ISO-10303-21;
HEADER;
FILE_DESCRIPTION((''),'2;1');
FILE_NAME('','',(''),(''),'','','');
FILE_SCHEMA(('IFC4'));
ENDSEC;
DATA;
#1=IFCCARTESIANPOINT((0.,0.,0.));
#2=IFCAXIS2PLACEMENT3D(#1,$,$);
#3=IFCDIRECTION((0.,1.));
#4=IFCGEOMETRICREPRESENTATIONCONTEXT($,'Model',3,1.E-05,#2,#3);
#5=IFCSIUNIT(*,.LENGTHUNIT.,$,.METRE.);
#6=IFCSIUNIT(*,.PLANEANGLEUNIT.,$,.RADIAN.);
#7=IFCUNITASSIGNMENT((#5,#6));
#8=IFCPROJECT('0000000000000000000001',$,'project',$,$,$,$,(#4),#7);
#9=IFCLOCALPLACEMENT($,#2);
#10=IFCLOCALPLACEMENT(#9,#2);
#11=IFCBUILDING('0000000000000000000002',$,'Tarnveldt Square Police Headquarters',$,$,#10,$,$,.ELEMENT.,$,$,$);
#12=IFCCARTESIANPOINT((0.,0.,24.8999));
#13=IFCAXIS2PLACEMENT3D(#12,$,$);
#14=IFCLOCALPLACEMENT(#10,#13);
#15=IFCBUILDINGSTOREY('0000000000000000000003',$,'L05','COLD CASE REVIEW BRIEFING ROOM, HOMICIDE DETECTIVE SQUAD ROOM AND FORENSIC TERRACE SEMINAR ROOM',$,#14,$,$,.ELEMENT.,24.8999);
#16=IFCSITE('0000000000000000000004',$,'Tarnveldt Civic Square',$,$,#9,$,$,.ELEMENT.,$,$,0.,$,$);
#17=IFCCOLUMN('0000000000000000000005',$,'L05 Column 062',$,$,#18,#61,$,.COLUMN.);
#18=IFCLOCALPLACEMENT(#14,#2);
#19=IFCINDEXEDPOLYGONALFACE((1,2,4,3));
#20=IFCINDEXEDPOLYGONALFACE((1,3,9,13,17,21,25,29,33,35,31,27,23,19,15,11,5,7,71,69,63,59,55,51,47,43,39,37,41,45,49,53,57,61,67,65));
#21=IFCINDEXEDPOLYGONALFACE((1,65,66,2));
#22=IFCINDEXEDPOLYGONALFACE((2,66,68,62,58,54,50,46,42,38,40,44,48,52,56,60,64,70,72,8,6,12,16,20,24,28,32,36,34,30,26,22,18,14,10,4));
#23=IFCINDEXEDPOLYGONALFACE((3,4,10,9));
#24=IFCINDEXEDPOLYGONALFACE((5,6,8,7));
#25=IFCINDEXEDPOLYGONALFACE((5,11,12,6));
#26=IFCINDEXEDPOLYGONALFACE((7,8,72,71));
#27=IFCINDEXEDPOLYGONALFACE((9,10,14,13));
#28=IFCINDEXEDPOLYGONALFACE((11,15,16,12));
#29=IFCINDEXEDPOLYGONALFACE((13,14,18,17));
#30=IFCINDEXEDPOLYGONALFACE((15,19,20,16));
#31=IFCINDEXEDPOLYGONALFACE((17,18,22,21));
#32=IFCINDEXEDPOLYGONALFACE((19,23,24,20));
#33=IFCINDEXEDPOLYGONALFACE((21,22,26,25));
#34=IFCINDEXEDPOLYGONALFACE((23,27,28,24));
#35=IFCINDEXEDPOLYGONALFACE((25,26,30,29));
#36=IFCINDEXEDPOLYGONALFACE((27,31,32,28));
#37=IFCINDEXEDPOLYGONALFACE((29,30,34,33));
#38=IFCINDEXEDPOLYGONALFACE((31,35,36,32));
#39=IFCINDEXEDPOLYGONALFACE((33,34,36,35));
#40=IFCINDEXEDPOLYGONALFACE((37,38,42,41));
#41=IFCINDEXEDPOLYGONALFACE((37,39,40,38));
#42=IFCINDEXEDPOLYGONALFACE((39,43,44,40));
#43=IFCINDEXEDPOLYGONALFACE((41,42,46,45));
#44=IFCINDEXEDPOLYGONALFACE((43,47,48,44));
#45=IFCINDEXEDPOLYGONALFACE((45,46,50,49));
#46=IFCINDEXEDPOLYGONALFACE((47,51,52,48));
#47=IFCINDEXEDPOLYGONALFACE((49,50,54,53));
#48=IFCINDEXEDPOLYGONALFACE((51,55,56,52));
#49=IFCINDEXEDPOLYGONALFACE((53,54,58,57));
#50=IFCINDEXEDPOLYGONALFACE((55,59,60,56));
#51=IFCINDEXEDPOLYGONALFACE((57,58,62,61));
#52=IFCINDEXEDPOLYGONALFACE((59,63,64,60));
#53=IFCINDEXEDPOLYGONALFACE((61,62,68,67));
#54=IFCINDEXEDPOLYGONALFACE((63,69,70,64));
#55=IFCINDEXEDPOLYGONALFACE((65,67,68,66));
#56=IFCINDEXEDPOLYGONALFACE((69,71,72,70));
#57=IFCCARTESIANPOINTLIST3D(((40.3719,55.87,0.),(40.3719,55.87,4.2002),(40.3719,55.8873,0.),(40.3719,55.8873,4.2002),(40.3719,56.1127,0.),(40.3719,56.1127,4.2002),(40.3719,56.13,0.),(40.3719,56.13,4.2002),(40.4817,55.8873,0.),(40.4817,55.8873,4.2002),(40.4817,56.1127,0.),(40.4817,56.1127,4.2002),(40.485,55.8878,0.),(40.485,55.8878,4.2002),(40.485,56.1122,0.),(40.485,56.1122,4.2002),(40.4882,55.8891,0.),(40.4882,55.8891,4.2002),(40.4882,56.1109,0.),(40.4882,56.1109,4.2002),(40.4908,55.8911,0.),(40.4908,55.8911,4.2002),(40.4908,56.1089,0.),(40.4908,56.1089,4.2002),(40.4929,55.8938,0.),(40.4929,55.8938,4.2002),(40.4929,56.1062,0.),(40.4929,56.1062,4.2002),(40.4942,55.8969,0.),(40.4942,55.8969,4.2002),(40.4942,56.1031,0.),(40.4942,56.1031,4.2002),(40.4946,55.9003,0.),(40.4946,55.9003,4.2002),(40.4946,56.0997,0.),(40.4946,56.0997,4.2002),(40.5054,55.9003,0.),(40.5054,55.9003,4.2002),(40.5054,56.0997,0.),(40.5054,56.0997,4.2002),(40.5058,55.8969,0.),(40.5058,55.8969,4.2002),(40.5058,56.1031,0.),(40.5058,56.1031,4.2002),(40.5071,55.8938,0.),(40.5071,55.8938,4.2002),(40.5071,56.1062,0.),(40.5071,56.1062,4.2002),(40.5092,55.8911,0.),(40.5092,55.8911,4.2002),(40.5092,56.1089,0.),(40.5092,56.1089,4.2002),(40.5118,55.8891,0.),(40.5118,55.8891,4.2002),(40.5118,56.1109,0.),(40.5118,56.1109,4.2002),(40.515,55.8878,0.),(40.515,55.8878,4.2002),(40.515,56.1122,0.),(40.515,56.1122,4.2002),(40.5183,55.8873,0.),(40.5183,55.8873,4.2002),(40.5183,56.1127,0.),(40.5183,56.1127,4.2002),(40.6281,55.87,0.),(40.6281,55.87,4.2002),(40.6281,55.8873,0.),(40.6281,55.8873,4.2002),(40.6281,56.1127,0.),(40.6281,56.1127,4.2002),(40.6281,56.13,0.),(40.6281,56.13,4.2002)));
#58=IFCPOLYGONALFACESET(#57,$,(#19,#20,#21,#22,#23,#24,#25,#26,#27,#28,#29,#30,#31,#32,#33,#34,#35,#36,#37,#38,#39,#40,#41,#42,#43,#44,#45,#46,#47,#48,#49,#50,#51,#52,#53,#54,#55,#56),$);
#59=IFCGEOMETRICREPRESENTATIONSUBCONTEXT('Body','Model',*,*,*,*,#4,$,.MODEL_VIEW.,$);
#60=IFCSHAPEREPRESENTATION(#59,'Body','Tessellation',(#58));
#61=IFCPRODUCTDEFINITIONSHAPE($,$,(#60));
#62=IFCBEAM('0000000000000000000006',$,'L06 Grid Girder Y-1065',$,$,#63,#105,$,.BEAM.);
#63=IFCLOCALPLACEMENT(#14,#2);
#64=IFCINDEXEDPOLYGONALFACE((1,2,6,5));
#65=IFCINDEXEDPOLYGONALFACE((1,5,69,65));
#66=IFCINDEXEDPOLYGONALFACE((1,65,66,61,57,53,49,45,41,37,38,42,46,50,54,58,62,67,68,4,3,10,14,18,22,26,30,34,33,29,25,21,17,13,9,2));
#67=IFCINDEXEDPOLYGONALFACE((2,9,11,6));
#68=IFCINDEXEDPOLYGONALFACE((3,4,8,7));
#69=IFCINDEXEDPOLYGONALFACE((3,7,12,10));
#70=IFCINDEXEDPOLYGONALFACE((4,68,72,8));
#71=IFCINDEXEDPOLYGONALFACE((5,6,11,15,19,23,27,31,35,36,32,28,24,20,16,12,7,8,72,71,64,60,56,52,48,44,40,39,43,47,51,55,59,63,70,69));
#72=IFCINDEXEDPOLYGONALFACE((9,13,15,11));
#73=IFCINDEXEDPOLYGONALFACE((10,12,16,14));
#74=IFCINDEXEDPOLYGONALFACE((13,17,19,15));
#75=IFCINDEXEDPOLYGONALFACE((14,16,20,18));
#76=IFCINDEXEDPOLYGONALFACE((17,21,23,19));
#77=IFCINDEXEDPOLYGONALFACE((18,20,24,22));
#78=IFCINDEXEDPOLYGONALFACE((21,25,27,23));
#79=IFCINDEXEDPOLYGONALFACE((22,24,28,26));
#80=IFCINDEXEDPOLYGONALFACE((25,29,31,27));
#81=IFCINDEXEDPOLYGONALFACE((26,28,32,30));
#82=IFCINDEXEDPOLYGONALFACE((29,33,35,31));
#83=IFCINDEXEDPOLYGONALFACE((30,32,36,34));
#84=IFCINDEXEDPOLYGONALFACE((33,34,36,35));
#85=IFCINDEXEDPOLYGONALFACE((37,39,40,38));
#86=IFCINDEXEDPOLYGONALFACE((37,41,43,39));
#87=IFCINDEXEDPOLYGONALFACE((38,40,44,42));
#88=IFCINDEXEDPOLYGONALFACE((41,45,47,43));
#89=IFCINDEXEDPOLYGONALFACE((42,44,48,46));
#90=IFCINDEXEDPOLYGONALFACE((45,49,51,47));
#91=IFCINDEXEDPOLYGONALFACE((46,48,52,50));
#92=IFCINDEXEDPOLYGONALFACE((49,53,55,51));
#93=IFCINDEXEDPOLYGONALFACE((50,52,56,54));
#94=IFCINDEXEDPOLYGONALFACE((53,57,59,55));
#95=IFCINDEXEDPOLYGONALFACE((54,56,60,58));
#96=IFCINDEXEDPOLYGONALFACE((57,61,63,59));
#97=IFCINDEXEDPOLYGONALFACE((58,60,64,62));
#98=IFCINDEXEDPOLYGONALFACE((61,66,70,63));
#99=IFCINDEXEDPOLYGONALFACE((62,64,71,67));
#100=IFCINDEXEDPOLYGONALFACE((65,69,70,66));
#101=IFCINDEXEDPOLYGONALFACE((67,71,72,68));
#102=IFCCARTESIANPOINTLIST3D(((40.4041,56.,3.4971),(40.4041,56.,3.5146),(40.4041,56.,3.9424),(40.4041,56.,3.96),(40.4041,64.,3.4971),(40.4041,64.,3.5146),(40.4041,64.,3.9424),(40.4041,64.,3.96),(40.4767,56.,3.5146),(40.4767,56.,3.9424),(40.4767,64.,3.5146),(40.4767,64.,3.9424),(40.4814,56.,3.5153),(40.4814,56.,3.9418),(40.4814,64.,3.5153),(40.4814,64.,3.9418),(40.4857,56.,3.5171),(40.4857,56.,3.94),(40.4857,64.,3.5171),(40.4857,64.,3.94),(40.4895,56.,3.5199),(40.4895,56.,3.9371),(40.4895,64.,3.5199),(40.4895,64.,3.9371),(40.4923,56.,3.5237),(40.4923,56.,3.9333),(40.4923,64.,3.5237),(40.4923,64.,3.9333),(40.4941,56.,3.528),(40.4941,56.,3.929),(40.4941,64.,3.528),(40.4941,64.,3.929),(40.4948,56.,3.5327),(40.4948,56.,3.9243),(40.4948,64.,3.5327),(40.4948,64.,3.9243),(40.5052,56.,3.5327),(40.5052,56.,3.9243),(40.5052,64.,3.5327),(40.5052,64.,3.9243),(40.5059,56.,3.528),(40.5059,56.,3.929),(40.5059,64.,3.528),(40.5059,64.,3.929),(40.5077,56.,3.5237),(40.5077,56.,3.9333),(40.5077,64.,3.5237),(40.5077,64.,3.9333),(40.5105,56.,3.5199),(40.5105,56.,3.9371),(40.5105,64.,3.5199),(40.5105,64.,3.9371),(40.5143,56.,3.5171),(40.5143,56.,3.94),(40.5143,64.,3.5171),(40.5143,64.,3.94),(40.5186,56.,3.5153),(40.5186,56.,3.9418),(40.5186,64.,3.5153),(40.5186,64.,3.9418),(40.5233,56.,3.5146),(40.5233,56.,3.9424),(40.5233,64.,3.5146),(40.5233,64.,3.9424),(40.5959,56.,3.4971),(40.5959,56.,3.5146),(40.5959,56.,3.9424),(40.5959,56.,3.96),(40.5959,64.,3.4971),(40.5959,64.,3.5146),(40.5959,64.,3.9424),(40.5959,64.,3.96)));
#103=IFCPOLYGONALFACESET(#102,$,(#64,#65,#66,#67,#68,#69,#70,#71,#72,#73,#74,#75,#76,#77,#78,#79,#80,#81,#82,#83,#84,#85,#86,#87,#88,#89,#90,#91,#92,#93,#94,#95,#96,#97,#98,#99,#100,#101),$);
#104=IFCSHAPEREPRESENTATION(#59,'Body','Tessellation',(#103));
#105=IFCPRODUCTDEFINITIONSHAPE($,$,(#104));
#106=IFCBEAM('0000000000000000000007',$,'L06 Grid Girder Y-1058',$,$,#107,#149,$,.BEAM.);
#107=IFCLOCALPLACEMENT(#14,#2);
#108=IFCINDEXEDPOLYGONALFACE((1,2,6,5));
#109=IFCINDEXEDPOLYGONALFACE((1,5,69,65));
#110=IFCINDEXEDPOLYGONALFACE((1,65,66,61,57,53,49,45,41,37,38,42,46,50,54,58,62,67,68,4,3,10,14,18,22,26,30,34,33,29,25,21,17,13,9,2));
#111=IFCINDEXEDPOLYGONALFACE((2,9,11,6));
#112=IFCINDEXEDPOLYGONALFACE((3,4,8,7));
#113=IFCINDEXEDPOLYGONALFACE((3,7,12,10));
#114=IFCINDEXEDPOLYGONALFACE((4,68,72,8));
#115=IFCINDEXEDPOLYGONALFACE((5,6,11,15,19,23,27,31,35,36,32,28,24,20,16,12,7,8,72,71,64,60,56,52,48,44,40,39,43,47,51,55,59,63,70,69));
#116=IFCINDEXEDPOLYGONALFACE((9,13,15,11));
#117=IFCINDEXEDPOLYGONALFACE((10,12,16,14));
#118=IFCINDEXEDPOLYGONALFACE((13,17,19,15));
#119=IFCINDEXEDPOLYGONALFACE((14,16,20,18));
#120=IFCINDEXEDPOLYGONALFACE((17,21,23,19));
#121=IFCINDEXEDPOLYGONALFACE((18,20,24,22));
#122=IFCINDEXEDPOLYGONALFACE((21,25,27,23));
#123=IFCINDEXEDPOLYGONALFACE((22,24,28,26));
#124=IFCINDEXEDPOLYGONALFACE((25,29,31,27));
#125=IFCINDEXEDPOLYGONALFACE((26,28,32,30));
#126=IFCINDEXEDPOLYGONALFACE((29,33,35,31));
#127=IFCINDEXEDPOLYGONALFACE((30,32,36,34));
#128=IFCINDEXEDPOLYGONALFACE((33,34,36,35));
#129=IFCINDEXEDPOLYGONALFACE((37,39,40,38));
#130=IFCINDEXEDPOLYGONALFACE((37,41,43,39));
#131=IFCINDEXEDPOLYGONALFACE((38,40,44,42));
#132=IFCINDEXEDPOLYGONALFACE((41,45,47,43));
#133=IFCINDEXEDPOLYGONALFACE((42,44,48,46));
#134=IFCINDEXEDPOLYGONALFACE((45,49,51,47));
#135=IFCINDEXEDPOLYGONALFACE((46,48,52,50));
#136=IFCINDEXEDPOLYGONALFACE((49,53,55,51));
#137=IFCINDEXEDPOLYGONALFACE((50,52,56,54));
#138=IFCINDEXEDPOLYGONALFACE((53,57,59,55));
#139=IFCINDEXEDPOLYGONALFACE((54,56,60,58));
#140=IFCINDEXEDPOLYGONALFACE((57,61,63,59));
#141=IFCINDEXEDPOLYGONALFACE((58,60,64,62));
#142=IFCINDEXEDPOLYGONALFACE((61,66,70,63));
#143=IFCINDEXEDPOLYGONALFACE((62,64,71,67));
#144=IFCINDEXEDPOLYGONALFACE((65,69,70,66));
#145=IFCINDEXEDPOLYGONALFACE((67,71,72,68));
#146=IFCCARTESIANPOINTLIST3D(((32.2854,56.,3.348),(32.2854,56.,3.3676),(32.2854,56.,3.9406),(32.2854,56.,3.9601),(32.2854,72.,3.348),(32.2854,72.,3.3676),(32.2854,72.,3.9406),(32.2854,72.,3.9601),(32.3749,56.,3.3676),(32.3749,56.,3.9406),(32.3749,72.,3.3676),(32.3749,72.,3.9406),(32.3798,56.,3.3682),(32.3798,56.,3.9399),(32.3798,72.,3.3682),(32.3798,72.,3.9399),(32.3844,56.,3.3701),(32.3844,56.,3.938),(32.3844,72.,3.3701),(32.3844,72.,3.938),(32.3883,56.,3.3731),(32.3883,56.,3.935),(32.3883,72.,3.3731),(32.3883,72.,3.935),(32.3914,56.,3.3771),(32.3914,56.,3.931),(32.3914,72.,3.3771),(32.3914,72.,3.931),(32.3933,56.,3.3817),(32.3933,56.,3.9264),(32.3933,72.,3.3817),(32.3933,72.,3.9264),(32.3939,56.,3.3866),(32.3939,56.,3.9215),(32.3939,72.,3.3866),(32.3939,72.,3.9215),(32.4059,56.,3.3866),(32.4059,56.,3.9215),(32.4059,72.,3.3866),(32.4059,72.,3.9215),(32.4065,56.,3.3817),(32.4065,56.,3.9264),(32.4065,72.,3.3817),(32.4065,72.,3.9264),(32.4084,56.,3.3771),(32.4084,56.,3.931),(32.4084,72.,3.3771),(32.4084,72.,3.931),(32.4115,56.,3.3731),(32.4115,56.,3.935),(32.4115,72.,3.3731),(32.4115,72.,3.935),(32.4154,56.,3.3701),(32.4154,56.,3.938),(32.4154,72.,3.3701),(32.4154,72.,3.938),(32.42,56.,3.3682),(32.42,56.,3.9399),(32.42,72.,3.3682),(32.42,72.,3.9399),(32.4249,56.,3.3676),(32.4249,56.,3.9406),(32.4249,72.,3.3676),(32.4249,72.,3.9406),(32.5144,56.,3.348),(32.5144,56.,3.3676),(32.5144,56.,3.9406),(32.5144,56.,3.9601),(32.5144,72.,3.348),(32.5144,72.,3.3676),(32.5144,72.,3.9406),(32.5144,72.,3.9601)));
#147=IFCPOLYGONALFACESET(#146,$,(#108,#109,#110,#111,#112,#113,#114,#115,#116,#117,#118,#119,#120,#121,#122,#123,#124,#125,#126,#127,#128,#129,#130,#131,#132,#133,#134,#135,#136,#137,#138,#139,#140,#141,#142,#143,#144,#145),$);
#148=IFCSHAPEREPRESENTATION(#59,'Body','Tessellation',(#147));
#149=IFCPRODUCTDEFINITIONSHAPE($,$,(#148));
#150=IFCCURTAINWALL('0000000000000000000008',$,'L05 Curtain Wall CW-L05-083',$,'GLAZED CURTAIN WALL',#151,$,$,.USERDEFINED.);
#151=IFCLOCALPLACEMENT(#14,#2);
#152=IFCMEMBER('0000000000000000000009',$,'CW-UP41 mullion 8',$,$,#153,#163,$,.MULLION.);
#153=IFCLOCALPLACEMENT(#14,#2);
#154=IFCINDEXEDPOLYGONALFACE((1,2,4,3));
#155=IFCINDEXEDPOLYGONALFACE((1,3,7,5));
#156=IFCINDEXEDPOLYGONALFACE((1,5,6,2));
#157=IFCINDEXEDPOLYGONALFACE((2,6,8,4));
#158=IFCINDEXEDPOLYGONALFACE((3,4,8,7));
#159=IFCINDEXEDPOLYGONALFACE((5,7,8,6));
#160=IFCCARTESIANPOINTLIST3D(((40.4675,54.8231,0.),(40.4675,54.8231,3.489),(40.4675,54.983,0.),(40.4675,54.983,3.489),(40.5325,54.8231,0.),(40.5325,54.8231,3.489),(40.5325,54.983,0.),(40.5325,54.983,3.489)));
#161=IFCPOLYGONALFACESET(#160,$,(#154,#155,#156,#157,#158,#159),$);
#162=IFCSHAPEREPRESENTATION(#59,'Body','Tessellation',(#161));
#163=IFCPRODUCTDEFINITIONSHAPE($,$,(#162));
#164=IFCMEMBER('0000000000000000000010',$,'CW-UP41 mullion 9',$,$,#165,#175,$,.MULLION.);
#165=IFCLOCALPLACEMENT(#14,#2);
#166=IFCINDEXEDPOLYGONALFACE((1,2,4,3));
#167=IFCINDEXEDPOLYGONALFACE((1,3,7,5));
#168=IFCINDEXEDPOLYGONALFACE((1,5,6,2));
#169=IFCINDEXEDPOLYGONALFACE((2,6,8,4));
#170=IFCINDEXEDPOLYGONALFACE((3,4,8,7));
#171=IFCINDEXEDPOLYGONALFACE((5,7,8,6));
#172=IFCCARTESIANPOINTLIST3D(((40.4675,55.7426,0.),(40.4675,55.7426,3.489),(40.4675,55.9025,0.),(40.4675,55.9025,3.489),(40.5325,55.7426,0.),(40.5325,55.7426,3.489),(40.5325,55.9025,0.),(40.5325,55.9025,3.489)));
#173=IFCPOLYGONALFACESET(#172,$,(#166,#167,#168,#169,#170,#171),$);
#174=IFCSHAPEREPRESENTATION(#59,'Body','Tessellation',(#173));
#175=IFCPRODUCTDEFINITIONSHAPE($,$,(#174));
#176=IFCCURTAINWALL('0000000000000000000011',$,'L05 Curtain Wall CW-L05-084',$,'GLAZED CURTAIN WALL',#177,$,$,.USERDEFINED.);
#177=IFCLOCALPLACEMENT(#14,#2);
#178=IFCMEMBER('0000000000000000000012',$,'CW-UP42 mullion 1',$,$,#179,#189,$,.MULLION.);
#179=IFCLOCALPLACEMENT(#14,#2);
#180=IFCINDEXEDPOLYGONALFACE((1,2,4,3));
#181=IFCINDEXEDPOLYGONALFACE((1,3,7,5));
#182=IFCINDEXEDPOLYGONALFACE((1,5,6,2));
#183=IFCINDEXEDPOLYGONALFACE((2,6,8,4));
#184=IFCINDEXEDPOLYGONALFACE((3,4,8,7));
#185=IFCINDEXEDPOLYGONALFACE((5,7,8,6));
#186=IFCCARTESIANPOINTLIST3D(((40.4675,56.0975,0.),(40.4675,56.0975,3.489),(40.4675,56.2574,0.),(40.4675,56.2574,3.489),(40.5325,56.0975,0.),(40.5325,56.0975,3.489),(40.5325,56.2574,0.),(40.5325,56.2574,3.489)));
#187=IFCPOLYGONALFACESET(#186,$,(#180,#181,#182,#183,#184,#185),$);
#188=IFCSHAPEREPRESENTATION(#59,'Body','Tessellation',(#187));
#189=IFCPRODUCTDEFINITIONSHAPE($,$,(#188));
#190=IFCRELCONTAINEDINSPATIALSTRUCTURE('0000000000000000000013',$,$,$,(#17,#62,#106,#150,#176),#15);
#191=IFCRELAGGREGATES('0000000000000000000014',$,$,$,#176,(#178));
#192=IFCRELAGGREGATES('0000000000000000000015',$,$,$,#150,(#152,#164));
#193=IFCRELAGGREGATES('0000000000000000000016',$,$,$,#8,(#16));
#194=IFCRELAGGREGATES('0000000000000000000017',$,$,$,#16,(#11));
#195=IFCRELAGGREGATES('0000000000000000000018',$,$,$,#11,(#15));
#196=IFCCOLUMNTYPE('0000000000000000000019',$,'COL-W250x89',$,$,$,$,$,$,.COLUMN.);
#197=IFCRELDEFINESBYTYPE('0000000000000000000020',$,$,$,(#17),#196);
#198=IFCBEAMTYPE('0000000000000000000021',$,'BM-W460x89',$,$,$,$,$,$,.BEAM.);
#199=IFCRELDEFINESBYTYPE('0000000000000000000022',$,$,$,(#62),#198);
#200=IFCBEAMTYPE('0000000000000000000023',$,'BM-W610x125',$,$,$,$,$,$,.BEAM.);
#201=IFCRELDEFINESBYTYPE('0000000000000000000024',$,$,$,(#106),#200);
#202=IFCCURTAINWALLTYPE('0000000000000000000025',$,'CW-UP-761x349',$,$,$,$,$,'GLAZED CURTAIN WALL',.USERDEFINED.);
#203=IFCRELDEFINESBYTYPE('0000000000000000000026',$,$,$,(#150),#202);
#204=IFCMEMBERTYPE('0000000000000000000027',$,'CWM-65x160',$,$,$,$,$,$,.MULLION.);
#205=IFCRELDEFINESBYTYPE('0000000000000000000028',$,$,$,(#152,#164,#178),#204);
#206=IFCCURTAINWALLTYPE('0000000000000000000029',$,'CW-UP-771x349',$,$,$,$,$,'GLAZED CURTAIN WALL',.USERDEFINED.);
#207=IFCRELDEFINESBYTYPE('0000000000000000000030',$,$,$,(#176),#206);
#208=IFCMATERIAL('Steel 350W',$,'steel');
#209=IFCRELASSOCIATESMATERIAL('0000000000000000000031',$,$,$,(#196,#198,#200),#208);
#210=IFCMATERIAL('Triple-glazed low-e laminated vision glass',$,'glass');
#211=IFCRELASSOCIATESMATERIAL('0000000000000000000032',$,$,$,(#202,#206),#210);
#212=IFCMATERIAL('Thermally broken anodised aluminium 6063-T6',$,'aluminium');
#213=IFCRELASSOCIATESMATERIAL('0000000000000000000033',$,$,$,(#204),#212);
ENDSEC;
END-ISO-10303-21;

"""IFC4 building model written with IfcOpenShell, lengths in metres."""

from ifc_helpers import new_model, si_unit, direction, frame, origin, origin_2d, place, context, subcontext, project, spatial, rectangle, i_section, extrude, material, material_profile, profile_set, type_object, element, aggregate, save


model = new_model("IFC4")

# Units and contexts
model_context = context("Model", 3, precision=1e-05, world=origin(), true_north=direction((0.0, 1.0)))
body_context = subcontext(model_context, "Body", "Model", "MODEL_VIEW")
ifc_project = project(units=[si_unit("LENGTHUNIT", "METRE"), si_unit("PLANEANGLEUNIT", "RADIAN")], contexts=[model_context])

# Site, building, storey
site_placement = place(None, origin())
site = spatial("IfcSite", under=ifc_project, at=site_placement, Name="Tarnveldt Civic Square", CompositionType="ELEMENT", RefElevation=0.0)
building_placement = place(site_placement, origin())
building = spatial("IfcBuilding", under=site, at=building_placement, Name="Tarnveldt Square Police Headquarters", CompositionType="ELEMENT")
storey_placement = place(building_placement, frame((0.0, 0.0, 24.8999)))
storey = spatial("IfcBuildingStorey", under=building, at=storey_placement, Name="L05", Description="COLD CASE REVIEW BRIEFING ROOM, HOMICIDE DETECTIVE SQUAD ROOM AND FORENSIC TERRACE SEMINAR ROOM", CompositionType="ELEMENT", Elevation=24.8999)

# Column
ifc_material_1 = material(Name="Steel 350W", Category="steel")
ifc_material_profile_1 = material_profile(ifc_material_1, i_section(OverallWidth=0.2561, OverallDepth=0.26, WebThickness=0.0107, FlangeThickness=0.0173, FilletRadius=0.0129, at=origin_2d()), Name="W250x89")
ifc_profile_set_1 = profile_set([ifc_material_profile_1], Name="Steel 350W")
column_type = type_object("IfcColumnType", Name="COL-W250x89", PredefinedType="COLUMN", material=ifc_profile_set_1)
column_placement = place(storey_placement, frame((40.5, 56.0, 0.0), z_axis=(0.0, 0.0, 1.0), x_axis=(1.0, 0.0, 0.0)))
element("IfcColumn", 1, at=column_placement, inside=storey, type_object=column_type, Name="L05 Column 062", PredefinedType="COLUMN", context=body_context, shape_type="SweptSolid", body=[
    extrude(i_section(OverallWidth=0.2561, OverallDepth=0.26, WebThickness=0.0107, FlangeThickness=0.0173, FilletRadius=0.0129, at=origin_2d()), origin(), (0.0, 0.0, 1.0), 4.2002),
])

# Beams
ifc_material_profile_2 = material_profile(ifc_material_1, i_section(OverallWidth=0.1919, OverallDepth=0.4629, WebThickness=0.0105, FlangeThickness=0.0176, FilletRadius=0.0181, at=origin_2d()), Name="W460x89")
ifc_profile_set_2 = profile_set([ifc_material_profile_2], Name="Steel 350W")
beam_type_1 = type_object("IfcBeamType", Name="BM-W460x89", PredefinedType="BEAM", material=ifc_profile_set_2)
beam_1_placement = place(storey_placement, frame((40.5, 56.0, 3.7285), z_axis=(0.0, 1.0, 0.0), x_axis=(-1.0, 0.0, 0.0)))
element("IfcBeam", 2, at=beam_1_placement, inside=storey, type_object=beam_type_1, Name="L06 Grid Girder Y-1065", PredefinedType="BEAM", context=body_context, shape_type="SweptSolid", body=[
    extrude(i_section(OverallWidth=0.1919, OverallDepth=0.4629, WebThickness=0.0105, FlangeThickness=0.0176, FilletRadius=0.0181, at=origin_2d()), origin(), (0.0, 0.0, 1.0), 8.0),
])
ifc_material_profile_3 = material_profile(ifc_material_1, i_section(OverallWidth=0.229, OverallDepth=0.6121, WebThickness=0.012, FlangeThickness=0.0195, FilletRadius=0.019, at=origin_2d()), Name="W610x125")
ifc_profile_set_3 = profile_set([ifc_material_profile_3], Name="Steel 350W")
beam_type_2 = type_object("IfcBeamType", Name="BM-W610x125", PredefinedType="BEAM", material=ifc_profile_set_3)
beam_2_placement = place(storey_placement, frame((32.3999, 56.0, 3.6541), z_axis=(0.0, 1.0, 0.0), x_axis=(-1.0, 0.0, 0.0)))
element("IfcBeam", 3, at=beam_2_placement, inside=storey, type_object=beam_type_2, Name="L06 Grid Girder Y-1058", PredefinedType="BEAM", context=body_context, shape_type="SweptSolid", body=[
    extrude(i_section(OverallWidth=0.229, OverallDepth=0.6121, WebThickness=0.012, FlangeThickness=0.0195, FilletRadius=0.019, at=origin_2d()), origin(), (0.0, 0.0, 1.0), 16.0),
])

# Curtain wall, members
ifc_material_2 = material(Name="Triple-glazed low-e laminated vision glass", Category="glass")
curtain_wall_type_1 = type_object("IfcCurtainWallType", Name="CW-UP-761x349", ElementType="GLAZED CURTAIN WALL", PredefinedType="USERDEFINED", material=ifc_material_2)
curtain_wall_1_placement = place(storey_placement, origin())
curtain_wall_1 = element("IfcCurtainWall", 4, at=curtain_wall_1_placement, inside=storey, type_object=curtain_wall_type_1, Name="L05 Curtain Wall CW-L05-083", ObjectType="GLAZED CURTAIN WALL", PredefinedType="USERDEFINED")
ifc_material_3 = material(Name="Thermally broken anodised aluminium 6063-T6", Category="aluminium")
ifc_material_profile_4 = material_profile(ifc_material_3, rectangle(XDim=0.0649, YDim=0.1599, at=origin_2d()), Name="CW-M65x160")
ifc_profile_set_4 = profile_set([ifc_material_profile_4], Name="Thermally broken anodised aluminium 6063-T6")
member_type_1 = type_object("IfcMemberType", Name="CWM-65x160", PredefinedType="MULLION", material=ifc_profile_set_4)
member_1_placement = place(storey_placement, frame((40.5, 54.9031, 0.0), z_axis=(0.0, 0.0, 1.0), x_axis=(-1.0, 0.0, 0.0)))
member_1 = element("IfcMember", 5, at=member_1_placement, type_object=member_type_1, Name="CW-UP41 mullion 8", PredefinedType="MULLION", context=body_context, shape_type="SweptSolid", body=[
    extrude(rectangle(XDim=0.0649, YDim=0.1599, at=origin_2d()), origin(), (0.0, 0.0, 1.0), 3.489),
])
member_2_placement = place(storey_placement, frame((40.5, 55.8225, 0.0), z_axis=(0.0, 0.0, 1.0), x_axis=(-1.0, 0.0, 0.0)))
member_2 = element("IfcMember", 6, at=member_2_placement, type_object=member_type_1, Name="CW-UP41 mullion 9", PredefinedType="MULLION", context=body_context, shape_type="SweptSolid", body=[
    extrude(rectangle(XDim=0.0649, YDim=0.1599, at=origin_2d()), origin(), (0.0, 0.0, 1.0), 3.489),
])

# Curtain wall, member
curtain_wall_type_2 = type_object("IfcCurtainWallType", Name="CW-UP-771x349", ElementType="GLAZED CURTAIN WALL", PredefinedType="USERDEFINED", material=ifc_material_2)
curtain_wall_2_placement = place(storey_placement, origin())
curtain_wall_2 = element("IfcCurtainWall", 7, at=curtain_wall_2_placement, inside=storey, type_object=curtain_wall_type_2, Name="L05 Curtain Wall CW-L05-084", ObjectType="GLAZED CURTAIN WALL", PredefinedType="USERDEFINED")
member_3_placement = place(storey_placement, frame((40.5, 56.1775, 0.0), z_axis=(0.0, 0.0, 1.0), x_axis=(-1.0, 0.0, 0.0)))
member_3 = element("IfcMember", 8, at=member_3_placement, type_object=member_type_1, Name="CW-UP42 mullion 1", PredefinedType="MULLION", context=body_context, shape_type="SweptSolid", body=[
    extrude(rectangle(XDim=0.0649, YDim=0.1599, at=origin_2d()), origin(), (0.0, 0.0, 1.0), 3.489),
])
aggregate(curtain_wall_2, [member_3])

aggregate(curtain_wall_1, [member_1, member_2])

save(model, "model.ifc")
